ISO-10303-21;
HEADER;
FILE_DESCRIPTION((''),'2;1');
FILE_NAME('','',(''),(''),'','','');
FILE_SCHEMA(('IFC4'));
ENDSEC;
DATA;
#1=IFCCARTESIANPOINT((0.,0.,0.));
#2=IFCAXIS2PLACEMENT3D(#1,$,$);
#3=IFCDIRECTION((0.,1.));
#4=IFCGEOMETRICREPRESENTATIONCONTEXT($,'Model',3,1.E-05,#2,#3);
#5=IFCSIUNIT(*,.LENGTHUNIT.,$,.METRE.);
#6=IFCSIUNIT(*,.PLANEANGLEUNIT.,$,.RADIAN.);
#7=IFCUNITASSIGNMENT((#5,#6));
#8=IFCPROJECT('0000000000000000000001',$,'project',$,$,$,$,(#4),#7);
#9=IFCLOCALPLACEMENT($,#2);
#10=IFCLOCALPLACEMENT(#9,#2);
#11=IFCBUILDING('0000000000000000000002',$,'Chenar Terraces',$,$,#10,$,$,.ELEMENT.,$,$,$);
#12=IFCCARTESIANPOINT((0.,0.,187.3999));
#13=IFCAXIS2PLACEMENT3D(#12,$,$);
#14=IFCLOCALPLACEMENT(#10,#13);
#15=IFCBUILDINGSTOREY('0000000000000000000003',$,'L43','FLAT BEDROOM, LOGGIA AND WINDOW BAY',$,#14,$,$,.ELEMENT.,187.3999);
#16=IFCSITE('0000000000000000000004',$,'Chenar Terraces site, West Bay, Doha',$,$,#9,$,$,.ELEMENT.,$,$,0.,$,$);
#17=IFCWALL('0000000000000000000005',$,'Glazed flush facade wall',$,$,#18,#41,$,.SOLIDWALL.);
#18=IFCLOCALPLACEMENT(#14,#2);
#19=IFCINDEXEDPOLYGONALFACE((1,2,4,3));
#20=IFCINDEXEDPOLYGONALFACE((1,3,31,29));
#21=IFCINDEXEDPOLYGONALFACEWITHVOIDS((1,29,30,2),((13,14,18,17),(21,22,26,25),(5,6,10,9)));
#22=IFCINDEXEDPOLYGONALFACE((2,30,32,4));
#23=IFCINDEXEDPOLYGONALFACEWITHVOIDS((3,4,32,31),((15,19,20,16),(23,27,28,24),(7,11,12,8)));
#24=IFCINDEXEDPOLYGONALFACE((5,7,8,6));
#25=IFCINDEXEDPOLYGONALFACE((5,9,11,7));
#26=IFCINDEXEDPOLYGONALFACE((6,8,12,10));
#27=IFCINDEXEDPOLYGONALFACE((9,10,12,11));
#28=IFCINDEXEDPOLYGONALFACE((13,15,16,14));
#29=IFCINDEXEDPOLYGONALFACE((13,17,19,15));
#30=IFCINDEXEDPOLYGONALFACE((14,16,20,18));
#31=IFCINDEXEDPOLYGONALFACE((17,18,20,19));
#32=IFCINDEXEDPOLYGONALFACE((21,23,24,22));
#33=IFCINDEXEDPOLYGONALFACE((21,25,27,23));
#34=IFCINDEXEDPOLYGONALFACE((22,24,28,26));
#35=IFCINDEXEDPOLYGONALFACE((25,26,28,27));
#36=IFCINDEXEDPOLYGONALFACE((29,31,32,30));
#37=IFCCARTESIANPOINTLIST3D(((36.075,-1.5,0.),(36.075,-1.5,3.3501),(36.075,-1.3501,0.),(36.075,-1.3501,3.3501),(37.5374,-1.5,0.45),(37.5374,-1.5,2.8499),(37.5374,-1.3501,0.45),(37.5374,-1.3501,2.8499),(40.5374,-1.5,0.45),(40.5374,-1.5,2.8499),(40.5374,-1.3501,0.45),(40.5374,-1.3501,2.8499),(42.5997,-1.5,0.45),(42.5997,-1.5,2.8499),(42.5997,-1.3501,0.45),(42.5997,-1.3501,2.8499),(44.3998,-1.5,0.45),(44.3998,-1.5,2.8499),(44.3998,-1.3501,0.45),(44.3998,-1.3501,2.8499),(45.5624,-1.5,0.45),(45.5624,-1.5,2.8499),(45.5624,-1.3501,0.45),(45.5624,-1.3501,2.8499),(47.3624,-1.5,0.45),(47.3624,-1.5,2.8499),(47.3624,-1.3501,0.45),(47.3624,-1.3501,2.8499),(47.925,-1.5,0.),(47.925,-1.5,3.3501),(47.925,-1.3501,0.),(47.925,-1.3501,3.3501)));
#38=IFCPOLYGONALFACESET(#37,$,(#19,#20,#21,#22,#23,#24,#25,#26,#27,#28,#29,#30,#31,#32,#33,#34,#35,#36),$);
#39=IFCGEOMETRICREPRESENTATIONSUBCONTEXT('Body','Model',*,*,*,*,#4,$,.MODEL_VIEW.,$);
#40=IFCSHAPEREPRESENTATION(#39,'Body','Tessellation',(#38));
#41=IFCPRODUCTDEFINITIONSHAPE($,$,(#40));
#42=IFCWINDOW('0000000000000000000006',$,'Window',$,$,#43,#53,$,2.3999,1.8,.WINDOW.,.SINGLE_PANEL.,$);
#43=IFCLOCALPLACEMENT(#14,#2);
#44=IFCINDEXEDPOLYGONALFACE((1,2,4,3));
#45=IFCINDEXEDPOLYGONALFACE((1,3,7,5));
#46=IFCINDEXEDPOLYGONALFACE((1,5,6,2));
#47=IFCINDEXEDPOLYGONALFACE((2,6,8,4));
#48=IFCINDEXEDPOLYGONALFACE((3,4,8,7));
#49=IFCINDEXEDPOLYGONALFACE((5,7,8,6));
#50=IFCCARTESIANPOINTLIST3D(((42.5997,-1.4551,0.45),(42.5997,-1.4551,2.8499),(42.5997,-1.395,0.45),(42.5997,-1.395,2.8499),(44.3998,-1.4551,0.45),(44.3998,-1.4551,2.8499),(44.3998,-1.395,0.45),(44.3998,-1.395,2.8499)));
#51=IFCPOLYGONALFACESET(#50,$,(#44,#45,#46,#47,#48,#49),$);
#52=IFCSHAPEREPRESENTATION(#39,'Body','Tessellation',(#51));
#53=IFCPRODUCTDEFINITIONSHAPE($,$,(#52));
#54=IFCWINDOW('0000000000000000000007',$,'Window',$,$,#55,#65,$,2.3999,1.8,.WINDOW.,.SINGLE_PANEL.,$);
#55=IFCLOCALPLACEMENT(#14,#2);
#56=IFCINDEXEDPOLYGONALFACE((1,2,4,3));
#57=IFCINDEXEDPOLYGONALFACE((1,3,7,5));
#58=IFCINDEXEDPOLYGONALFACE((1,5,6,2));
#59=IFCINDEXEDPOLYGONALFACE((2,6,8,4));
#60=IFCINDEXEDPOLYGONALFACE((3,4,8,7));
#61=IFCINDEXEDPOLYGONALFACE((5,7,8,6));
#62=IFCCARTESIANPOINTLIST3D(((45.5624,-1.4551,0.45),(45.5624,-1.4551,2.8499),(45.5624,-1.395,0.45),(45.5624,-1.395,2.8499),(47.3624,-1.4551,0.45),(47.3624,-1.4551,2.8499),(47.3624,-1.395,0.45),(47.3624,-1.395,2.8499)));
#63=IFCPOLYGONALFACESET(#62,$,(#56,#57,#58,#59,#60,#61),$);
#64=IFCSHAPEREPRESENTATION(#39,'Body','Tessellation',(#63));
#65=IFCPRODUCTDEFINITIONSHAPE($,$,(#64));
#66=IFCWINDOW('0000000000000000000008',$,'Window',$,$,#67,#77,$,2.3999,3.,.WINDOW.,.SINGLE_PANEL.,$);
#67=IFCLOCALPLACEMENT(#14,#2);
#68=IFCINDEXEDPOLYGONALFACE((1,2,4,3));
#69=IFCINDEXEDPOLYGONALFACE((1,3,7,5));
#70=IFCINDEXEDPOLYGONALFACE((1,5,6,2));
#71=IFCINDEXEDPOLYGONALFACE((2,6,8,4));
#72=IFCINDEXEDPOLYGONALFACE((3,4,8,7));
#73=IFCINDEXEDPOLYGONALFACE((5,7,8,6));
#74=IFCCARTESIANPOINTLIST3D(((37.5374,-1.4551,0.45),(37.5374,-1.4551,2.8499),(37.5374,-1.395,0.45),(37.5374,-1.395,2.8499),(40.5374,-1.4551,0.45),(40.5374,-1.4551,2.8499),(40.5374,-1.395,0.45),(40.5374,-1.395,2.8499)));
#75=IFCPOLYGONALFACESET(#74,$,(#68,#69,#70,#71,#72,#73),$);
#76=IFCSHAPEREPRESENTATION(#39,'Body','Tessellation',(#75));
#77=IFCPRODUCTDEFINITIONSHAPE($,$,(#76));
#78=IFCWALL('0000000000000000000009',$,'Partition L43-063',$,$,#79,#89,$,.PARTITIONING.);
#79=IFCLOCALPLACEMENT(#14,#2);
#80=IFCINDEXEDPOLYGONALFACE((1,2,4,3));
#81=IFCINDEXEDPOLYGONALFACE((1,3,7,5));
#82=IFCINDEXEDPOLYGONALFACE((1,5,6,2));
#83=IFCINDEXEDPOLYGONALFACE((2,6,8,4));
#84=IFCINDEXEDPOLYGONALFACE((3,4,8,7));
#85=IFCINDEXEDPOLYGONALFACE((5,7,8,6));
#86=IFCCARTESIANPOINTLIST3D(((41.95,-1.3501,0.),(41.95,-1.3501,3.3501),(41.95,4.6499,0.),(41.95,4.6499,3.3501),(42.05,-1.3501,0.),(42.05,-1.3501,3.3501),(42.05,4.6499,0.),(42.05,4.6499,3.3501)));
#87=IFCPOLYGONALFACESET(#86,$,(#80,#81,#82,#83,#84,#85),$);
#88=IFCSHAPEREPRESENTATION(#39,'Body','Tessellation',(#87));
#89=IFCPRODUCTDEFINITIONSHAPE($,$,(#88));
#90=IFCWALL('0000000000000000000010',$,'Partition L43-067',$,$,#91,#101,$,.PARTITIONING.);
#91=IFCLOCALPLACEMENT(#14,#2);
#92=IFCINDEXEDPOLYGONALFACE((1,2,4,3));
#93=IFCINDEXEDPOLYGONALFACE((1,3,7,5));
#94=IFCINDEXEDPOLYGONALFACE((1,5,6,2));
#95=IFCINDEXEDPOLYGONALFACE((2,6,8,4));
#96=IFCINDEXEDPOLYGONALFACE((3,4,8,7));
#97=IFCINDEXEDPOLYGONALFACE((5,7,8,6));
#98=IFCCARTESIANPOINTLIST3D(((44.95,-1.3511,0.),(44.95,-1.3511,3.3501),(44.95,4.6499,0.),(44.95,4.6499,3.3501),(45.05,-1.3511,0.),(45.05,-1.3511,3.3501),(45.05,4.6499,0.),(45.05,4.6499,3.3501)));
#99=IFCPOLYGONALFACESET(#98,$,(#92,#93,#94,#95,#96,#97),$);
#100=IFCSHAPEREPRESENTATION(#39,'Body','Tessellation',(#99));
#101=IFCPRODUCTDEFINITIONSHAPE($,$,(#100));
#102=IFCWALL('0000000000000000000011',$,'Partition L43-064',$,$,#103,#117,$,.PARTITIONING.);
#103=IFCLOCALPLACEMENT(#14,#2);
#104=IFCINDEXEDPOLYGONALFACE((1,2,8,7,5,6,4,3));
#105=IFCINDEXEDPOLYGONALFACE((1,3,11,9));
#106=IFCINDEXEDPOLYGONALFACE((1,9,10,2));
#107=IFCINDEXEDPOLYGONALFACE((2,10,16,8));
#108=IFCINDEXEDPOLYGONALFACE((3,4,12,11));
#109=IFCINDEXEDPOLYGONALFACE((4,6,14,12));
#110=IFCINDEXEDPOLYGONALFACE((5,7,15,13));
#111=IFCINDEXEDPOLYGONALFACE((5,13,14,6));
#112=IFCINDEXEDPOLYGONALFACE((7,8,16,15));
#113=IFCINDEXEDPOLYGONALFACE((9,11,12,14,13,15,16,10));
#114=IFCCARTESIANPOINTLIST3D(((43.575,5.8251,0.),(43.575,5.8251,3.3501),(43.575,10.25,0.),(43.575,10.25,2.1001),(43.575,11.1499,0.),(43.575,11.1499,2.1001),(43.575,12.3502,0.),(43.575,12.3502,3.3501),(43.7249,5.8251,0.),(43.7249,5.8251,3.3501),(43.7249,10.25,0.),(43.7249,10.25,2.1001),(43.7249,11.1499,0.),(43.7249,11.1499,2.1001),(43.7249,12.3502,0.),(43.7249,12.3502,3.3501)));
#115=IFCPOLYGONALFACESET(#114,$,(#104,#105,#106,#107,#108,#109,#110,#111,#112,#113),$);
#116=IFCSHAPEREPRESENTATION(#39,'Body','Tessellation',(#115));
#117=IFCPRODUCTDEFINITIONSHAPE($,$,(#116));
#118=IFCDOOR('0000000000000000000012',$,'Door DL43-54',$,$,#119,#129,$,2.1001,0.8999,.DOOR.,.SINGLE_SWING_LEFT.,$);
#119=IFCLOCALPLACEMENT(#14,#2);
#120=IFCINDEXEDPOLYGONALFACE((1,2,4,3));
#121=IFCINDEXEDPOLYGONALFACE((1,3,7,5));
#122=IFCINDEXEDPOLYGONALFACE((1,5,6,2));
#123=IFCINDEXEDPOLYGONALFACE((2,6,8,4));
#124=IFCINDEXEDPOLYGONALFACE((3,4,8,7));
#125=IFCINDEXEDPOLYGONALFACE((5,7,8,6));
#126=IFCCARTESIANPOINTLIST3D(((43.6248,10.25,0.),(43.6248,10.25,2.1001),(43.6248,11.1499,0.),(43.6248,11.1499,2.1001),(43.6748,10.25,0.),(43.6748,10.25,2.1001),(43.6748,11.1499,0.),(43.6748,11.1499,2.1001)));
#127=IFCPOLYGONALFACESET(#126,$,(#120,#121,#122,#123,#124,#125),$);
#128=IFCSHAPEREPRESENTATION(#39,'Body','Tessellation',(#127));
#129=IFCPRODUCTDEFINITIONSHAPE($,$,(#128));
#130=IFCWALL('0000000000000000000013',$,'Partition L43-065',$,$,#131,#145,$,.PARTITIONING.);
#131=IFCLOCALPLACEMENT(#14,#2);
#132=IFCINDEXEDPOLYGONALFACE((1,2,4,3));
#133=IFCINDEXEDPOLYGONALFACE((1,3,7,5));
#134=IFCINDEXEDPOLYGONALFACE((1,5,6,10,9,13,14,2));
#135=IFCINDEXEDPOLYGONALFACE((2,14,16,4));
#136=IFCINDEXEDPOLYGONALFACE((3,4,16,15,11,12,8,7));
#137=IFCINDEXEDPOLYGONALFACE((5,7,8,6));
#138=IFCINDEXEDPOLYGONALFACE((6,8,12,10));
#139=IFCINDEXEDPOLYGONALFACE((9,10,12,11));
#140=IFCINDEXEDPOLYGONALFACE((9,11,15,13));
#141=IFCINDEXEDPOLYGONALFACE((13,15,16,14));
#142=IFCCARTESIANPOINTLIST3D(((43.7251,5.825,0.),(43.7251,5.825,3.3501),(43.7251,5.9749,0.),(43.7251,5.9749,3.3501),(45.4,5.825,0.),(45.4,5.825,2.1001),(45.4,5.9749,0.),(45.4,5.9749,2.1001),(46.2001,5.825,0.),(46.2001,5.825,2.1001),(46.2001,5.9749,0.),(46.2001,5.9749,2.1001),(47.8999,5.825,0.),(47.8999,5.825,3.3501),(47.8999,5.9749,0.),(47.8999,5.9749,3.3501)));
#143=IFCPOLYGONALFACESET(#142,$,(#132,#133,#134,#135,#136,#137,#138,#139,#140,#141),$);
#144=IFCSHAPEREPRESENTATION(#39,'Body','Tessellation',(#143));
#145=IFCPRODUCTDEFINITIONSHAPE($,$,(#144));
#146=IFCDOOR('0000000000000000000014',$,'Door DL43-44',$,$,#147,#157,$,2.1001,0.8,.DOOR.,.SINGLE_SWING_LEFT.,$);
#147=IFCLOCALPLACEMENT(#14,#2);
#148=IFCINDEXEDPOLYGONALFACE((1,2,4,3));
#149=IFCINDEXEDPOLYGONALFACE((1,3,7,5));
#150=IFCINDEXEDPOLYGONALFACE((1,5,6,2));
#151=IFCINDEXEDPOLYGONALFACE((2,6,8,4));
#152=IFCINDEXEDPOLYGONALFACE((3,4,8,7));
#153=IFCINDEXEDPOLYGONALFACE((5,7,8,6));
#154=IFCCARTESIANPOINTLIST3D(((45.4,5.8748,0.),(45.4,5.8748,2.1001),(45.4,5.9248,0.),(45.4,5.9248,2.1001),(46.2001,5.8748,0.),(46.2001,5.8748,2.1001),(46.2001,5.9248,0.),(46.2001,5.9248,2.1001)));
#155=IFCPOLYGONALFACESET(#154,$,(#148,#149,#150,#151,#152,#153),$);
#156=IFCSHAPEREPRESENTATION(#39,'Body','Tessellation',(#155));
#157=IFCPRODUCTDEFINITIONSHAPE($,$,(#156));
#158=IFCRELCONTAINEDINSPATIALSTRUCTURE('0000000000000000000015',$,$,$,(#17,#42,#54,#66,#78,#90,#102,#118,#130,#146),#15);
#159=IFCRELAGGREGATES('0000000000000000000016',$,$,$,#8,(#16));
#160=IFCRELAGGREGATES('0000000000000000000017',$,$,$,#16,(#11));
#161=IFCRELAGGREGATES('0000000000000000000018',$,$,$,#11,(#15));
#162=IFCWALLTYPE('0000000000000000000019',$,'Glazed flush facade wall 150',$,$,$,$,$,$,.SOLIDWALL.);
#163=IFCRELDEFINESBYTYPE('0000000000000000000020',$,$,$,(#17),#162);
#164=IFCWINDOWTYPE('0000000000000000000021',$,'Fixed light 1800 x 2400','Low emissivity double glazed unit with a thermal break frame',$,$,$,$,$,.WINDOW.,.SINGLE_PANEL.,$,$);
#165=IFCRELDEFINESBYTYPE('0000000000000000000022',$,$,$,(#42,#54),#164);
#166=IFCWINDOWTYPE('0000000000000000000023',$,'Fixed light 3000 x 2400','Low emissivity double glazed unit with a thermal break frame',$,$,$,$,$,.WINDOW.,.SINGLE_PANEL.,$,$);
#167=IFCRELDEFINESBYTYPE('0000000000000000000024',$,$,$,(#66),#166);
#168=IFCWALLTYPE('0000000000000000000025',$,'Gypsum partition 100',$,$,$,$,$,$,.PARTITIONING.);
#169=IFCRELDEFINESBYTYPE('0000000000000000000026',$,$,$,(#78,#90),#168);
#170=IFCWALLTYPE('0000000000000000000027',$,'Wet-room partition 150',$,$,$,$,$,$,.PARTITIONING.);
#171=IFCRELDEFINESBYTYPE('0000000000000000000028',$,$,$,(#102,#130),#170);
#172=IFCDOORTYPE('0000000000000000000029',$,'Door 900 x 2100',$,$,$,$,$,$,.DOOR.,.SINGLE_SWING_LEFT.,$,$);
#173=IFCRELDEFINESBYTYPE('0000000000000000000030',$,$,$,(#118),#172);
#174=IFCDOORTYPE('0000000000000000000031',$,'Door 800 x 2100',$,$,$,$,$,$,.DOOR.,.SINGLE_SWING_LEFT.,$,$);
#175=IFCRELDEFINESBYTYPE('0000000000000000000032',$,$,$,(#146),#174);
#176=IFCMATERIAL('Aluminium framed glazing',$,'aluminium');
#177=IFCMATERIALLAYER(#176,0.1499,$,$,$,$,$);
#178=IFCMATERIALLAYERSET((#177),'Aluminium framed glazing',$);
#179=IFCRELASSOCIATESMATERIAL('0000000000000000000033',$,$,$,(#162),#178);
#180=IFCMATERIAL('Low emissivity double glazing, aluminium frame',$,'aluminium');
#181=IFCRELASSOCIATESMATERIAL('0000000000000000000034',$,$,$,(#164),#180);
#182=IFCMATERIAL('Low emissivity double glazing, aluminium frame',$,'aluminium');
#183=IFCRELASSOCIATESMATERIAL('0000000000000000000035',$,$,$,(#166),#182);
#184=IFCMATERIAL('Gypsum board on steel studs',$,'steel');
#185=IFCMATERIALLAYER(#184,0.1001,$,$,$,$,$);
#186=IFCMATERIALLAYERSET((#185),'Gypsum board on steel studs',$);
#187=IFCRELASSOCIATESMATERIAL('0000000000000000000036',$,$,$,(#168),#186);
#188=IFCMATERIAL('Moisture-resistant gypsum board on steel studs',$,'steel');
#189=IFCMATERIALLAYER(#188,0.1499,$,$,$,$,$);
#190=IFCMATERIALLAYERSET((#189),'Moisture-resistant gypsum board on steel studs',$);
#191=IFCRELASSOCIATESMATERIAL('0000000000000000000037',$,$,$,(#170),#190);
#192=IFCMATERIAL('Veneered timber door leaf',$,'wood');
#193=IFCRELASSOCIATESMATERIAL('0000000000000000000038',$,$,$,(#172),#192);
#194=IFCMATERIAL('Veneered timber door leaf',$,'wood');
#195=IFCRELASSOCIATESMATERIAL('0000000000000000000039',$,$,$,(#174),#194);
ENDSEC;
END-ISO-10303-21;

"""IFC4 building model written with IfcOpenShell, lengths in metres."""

from ifc_helpers import new_model, si_unit, direction, frame, frame_2d, origin, place, context, subcontext, project, spatial, rectangle, extrude, material, layer, layer_set, type_object, element, fill, save


model = new_model("IFC4")

# Units and contexts
model_context = context("Model", 3, precision=1e-05, world=origin(), true_north=direction((0.0, 1.0)))
body_context = subcontext(model_context, "Body", "Model", "MODEL_VIEW")
ifc_project = project(units=[si_unit("LENGTHUNIT", "METRE"), si_unit("PLANEANGLEUNIT", "RADIAN")], contexts=[model_context])

# Site, building, storey
site_placement = place(None, origin())
site = spatial("IfcSite", under=ifc_project, at=site_placement, Name="Chenar Terraces site, West Bay, Doha", CompositionType="ELEMENT", RefElevation=0.0)
building_placement = place(site_placement, origin())
building = spatial("IfcBuilding", under=site, at=building_placement, Name="Chenar Terraces", CompositionType="ELEMENT")
storey_placement = place(building_placement, frame((0.0, 0.0, 187.3999)))
storey = spatial("IfcBuildingStorey", under=building, at=storey_placement, Name="L43", Description="FLAT BEDROOM, LOGGIA AND WINDOW BAY", CompositionType="ELEMENT", Elevation=187.3999)

# Wall, openings, windows
ifc_material_1 = material(Name="Aluminium framed glazing", Category="aluminium")
ifc_layer_1 = layer(ifc_material_1, 0.1499)
ifc_layer_set_1 = layer_set([ifc_layer_1], Name="Aluminium framed glazing")
wall_type_1 = type_object("IfcWallType", Name="Glazed flush facade wall 150", PredefinedType="SOLIDWALL", material=ifc_layer_set_1)
wall_1_placement = place(storey_placement, frame((36.075, -1.425, 0.0), z_axis=(0.0, 0.0, 1.0), x_axis=(1.0, 0.0, 0.0)))
wall_1 = element("IfcWall", 1, at=wall_1_placement, inside=storey, type_object=wall_type_1, Name="Glazed flush facade wall", PredefinedType="SOLIDWALL", context=body_context, shape_type="SweptSolid", body=[
    extrude(rectangle(XDim=11.8501, YDim=0.1499, at=frame_2d((5.925, 0.0))), origin(), (0.0, 0.0, 1.0), 3.3501),
])
opening_1_placement = place(wall_1_placement, frame((1.4624, 0.0, 0.45)))
opening_1 = element("IfcOpeningElement", 2, at=opening_1_placement, cuts=wall_1, PredefinedType="OPENING", context=body_context, shape_type="SweptSolid", body=[
    extrude(rectangle(XDim=3.0, YDim=2.3999, at=frame_2d((1.5, 1.2))), frame((0.0, 0.085, 0.0), z_axis=(0.0, -1.0, 0.0), x_axis=(1.0, 0.0, 0.0)), (0.0, 0.0, 1.0), 0.1699),
])
opening_2_placement = place(wall_1_placement, frame((6.5249, 0.0, 0.45)))
opening_2 = element("IfcOpeningElement", 3, at=opening_2_placement, cuts=wall_1, PredefinedType="OPENING", context=body_context, shape_type="SweptSolid", body=[
    extrude(rectangle(XDim=1.8, YDim=2.3999, at=frame_2d((0.8999, 1.2))), frame((0.0, 0.085, 0.0), z_axis=(0.0, -1.0, 0.0), x_axis=(1.0, 0.0, 0.0)), (0.0, 0.0, 1.0), 0.1699),
])
opening_3_placement = place(wall_1_placement, frame((9.4875, 0.0, 0.45)))
opening_3 = element("IfcOpeningElement", 4, at=opening_3_placement, cuts=wall_1, PredefinedType="OPENING", context=body_context, shape_type="SweptSolid", body=[
    extrude(rectangle(XDim=1.8, YDim=2.3999, at=frame_2d((0.8999, 1.2))), frame((0.0, 0.085, 0.0), z_axis=(0.0, -1.0, 0.0), x_axis=(1.0, 0.0, 0.0)), (0.0, 0.0, 1.0), 0.1699),
])
ifc_material_2 = material(Name="Low emissivity double glazing, aluminium frame", Category="aluminium")
window_type_1 = type_object("IfcWindowType", Name="Fixed light 1800 x 2400", Description="Low emissivity double glazed unit with a thermal break frame", PartitioningType="SINGLE_PANEL", PredefinedType="WINDOW", material=ifc_material_2)
window_1_placement = place(opening_2_placement, origin())
window_1 = element("IfcWindow", 5, at=window_1_placement, inside=storey, type_object=window_type_1, Name="Window", OverallHeight=2.3999, OverallWidth=1.8, PartitioningType="SINGLE_PANEL", PredefinedType="WINDOW", context=body_context, shape_type="SweptSolid", body=[
    extrude(rectangle(XDim=1.8, YDim=2.3999, at=frame_2d((0.8999, 1.2))), frame((0.0, 0.03, 0.0), z_axis=(0.0, -1.0, 0.0), x_axis=(1.0, 0.0, 0.0)), (0.0, 0.0, 1.0), 0.0601),
])
fill(opening_2, window_1)
window_2_placement = place(opening_3_placement, origin())
window_2 = element("IfcWindow", 6, at=window_2_placement, inside=storey, type_object=window_type_1, Name="Window", OverallHeight=2.3999, OverallWidth=1.8, PartitioningType="SINGLE_PANEL", PredefinedType="WINDOW", context=body_context, shape_type="SweptSolid", body=[
    extrude(rectangle(XDim=1.8, YDim=2.3999, at=frame_2d((0.8999, 1.2))), frame((0.0, 0.03, 0.0), z_axis=(0.0, -1.0, 0.0), x_axis=(1.0, 0.0, 0.0)), (0.0, 0.0, 1.0), 0.0601),
])
fill(opening_3, window_2)
ifc_material_3 = material(Name="Low emissivity double glazing, aluminium frame", Category="aluminium")
window_type_2 = type_object("IfcWindowType", Name="Fixed light 3000 x 2400", Description="Low emissivity double glazed unit with a thermal break frame", PartitioningType="SINGLE_PANEL", PredefinedType="WINDOW", material=ifc_material_3)
window_3_placement = place(opening_1_placement, origin())
window_3 = element("IfcWindow", 7, at=window_3_placement, inside=storey, type_object=window_type_2, Name="Window", OverallHeight=2.3999, OverallWidth=3.0, PartitioningType="SINGLE_PANEL", PredefinedType="WINDOW", context=body_context, shape_type="SweptSolid", body=[
    extrude(rectangle(XDim=3.0, YDim=2.3999, at=frame_2d((1.5, 1.2))), frame((0.0, 0.03, 0.0), z_axis=(0.0, -1.0, 0.0), x_axis=(1.0, 0.0, 0.0)), (0.0, 0.0, 1.0), 0.0601),
])
fill(opening_1, window_3)

# Walls
ifc_material_4 = material(Name="Gypsum board on steel studs", Category="steel")
ifc_layer_2 = layer(ifc_material_4, 0.1001)
ifc_layer_set_2 = layer_set([ifc_layer_2], Name="Gypsum board on steel studs")
wall_type_2 = type_object("IfcWallType", Name="Gypsum partition 100", PredefinedType="PARTITIONING", material=ifc_layer_set_2)
wall_2_placement = place(storey_placement, frame((42.0, -1.3501, 0.0), z_axis=(0.0, 0.0, 1.0), x_axis=(0.0, 1.0, 0.0)))
element("IfcWall", 8, at=wall_2_placement, inside=storey, type_object=wall_type_2, Name="Partition L43-063", PredefinedType="PARTITIONING", context=body_context, shape_type="SweptSolid", body=[
    extrude(rectangle(XDim=6.0, YDim=0.1001, at=frame_2d((3.0, 0.0))), origin(), (0.0, 0.0, 1.0), 3.3501),
])
wall_3_placement = place(storey_placement, frame((45.0, -1.3511, 0.0), z_axis=(0.0, 0.0, 1.0), x_axis=(0.0, 1.0, 0.0)))
element("IfcWall", 9, at=wall_3_placement, inside=storey, type_object=wall_type_2, Name="Partition L43-067", PredefinedType="PARTITIONING", context=body_context, shape_type="SweptSolid", body=[
    extrude(rectangle(XDim=6.001, YDim=0.1001, at=frame_2d((3.0005, 0.0))), origin(), (0.0, 0.0, 1.0), 3.3501),
])

# Walls, openings, doors
ifc_material_5 = material(Name="Moisture-resistant gypsum board on steel studs", Category="steel")
ifc_layer_3 = layer(ifc_material_5, 0.1499)
ifc_layer_set_3 = layer_set([ifc_layer_3], Name="Moisture-resistant gypsum board on steel studs")
wall_type_3 = type_object("IfcWallType", Name="Wet-room partition 150", PredefinedType="PARTITIONING", material=ifc_layer_set_3)
wall_4_placement = place(storey_placement, frame((43.6499, 5.825, 0.0), z_axis=(0.0, 0.0, 1.0), x_axis=(0.0, 1.0, 0.0)))
wall_4 = element("IfcWall", 10, at=wall_4_placement, inside=storey, type_object=wall_type_3, Name="Partition L43-064", PredefinedType="PARTITIONING", context=body_context, shape_type="SweptSolid", body=[
    extrude(rectangle(XDim=6.5251, YDim=0.1499, at=frame_2d((3.2627, 0.0))), origin(), (0.0, 0.0, 1.0), 3.3501),
])
opening_4_placement = place(wall_4_placement, frame((4.425, 0.0, 0.0)))
opening_4 = element("IfcOpeningElement", 11, at=opening_4_placement, cuts=wall_4, PredefinedType="OPENING", context=body_context, shape_type="SweptSolid", body=[
    extrude(rectangle(XDim=0.8999, YDim=2.1001, at=frame_2d((0.45, 1.05))), frame((0.0, 0.085, 0.0), z_axis=(0.0, -1.0, 0.0), x_axis=(1.0, 0.0, 0.0)), (0.0, 0.0, 1.0), 0.1699),
])
ifc_material_6 = material(Name="Veneered timber door leaf", Category="wood")
door_type_1 = type_object("IfcDoorType", Name="Door 900 x 2100", OperationType="SINGLE_SWING_LEFT", PredefinedType="DOOR", material=ifc_material_6)
door_1_placement = place(opening_4_placement, frame((0.8999, 0.0, 0.0), z_axis=(0.0, 0.0, 1.0), x_axis=(-1.0, 0.0, 0.0)))
door_1 = element("IfcDoor", 12, at=door_1_placement, inside=storey, type_object=door_type_1, Name="Door DL43-54", OperationType="SINGLE_SWING_LEFT", OverallHeight=2.1001, OverallWidth=0.8999, PredefinedType="DOOR", context=body_context, shape_type="SweptSolid", body=[
    extrude(rectangle(XDim=0.8999, YDim=2.1001, at=frame_2d((0.45, 1.05))), frame((0.0, 0.0249, 0.0), z_axis=(0.0, -1.0, 0.0), x_axis=(1.0, 0.0, 0.0)), (0.0, 0.0, 1.0), 0.05),
])
fill(opening_4, door_1)
wall_5_placement = place(storey_placement, frame((43.7251, 5.8999, 0.0), z_axis=(0.0, 0.0, 1.0), x_axis=(1.0, 0.0, 0.0)))
wall_5 = element("IfcWall", 13, at=wall_5_placement, inside=storey, type_object=wall_type_3, Name="Partition L43-065", PredefinedType="PARTITIONING", context=body_context, shape_type="SweptSolid", body=[
    extrude(rectangle(XDim=4.1748, YDim=0.1499, at=frame_2d((2.0874, 0.0))), origin(), (0.0, 0.0, 1.0), 3.3501),
])
opening_5_placement = place(wall_5_placement, frame((1.675, 0.0, 0.0)))
opening_5 = element("IfcOpeningElement", 14, at=opening_5_placement, cuts=wall_5, PredefinedType="OPENING", context=body_context, shape_type="SweptSolid", body=[
    extrude(rectangle(XDim=0.8, YDim=2.1001, at=frame_2d((0.3999, 1.05))), frame((0.0, 0.085, 0.0), z_axis=(0.0, -1.0, 0.0), x_axis=(1.0, 0.0, 0.0)), (0.0, 0.0, 1.0), 0.1699),
])
ifc_material_7 = material(Name="Veneered timber door leaf", Category="wood")
door_type_2 = type_object("IfcDoorType", Name="Door 800 x 2100", OperationType="SINGLE_SWING_LEFT", PredefinedType="DOOR", material=ifc_material_7)
door_2_placement = place(opening_5_placement, origin())
door_2 = element("IfcDoor", 15, at=door_2_placement, inside=storey, type_object=door_type_2, Name="Door DL43-44", OperationType="SINGLE_SWING_LEFT", OverallHeight=2.1001, OverallWidth=0.8, PredefinedType="DOOR", context=body_context, shape_type="SweptSolid", body=[
    extrude(rectangle(XDim=0.8, YDim=2.1001, at=frame_2d((0.3999, 1.05))), frame((0.0, 0.0249, 0.0), z_axis=(0.0, -1.0, 0.0), x_axis=(1.0, 0.0, 0.0)), (0.0, 0.0, 1.0), 0.05),
])
fill(opening_5, door_2)

save(model, "model.ifc")
